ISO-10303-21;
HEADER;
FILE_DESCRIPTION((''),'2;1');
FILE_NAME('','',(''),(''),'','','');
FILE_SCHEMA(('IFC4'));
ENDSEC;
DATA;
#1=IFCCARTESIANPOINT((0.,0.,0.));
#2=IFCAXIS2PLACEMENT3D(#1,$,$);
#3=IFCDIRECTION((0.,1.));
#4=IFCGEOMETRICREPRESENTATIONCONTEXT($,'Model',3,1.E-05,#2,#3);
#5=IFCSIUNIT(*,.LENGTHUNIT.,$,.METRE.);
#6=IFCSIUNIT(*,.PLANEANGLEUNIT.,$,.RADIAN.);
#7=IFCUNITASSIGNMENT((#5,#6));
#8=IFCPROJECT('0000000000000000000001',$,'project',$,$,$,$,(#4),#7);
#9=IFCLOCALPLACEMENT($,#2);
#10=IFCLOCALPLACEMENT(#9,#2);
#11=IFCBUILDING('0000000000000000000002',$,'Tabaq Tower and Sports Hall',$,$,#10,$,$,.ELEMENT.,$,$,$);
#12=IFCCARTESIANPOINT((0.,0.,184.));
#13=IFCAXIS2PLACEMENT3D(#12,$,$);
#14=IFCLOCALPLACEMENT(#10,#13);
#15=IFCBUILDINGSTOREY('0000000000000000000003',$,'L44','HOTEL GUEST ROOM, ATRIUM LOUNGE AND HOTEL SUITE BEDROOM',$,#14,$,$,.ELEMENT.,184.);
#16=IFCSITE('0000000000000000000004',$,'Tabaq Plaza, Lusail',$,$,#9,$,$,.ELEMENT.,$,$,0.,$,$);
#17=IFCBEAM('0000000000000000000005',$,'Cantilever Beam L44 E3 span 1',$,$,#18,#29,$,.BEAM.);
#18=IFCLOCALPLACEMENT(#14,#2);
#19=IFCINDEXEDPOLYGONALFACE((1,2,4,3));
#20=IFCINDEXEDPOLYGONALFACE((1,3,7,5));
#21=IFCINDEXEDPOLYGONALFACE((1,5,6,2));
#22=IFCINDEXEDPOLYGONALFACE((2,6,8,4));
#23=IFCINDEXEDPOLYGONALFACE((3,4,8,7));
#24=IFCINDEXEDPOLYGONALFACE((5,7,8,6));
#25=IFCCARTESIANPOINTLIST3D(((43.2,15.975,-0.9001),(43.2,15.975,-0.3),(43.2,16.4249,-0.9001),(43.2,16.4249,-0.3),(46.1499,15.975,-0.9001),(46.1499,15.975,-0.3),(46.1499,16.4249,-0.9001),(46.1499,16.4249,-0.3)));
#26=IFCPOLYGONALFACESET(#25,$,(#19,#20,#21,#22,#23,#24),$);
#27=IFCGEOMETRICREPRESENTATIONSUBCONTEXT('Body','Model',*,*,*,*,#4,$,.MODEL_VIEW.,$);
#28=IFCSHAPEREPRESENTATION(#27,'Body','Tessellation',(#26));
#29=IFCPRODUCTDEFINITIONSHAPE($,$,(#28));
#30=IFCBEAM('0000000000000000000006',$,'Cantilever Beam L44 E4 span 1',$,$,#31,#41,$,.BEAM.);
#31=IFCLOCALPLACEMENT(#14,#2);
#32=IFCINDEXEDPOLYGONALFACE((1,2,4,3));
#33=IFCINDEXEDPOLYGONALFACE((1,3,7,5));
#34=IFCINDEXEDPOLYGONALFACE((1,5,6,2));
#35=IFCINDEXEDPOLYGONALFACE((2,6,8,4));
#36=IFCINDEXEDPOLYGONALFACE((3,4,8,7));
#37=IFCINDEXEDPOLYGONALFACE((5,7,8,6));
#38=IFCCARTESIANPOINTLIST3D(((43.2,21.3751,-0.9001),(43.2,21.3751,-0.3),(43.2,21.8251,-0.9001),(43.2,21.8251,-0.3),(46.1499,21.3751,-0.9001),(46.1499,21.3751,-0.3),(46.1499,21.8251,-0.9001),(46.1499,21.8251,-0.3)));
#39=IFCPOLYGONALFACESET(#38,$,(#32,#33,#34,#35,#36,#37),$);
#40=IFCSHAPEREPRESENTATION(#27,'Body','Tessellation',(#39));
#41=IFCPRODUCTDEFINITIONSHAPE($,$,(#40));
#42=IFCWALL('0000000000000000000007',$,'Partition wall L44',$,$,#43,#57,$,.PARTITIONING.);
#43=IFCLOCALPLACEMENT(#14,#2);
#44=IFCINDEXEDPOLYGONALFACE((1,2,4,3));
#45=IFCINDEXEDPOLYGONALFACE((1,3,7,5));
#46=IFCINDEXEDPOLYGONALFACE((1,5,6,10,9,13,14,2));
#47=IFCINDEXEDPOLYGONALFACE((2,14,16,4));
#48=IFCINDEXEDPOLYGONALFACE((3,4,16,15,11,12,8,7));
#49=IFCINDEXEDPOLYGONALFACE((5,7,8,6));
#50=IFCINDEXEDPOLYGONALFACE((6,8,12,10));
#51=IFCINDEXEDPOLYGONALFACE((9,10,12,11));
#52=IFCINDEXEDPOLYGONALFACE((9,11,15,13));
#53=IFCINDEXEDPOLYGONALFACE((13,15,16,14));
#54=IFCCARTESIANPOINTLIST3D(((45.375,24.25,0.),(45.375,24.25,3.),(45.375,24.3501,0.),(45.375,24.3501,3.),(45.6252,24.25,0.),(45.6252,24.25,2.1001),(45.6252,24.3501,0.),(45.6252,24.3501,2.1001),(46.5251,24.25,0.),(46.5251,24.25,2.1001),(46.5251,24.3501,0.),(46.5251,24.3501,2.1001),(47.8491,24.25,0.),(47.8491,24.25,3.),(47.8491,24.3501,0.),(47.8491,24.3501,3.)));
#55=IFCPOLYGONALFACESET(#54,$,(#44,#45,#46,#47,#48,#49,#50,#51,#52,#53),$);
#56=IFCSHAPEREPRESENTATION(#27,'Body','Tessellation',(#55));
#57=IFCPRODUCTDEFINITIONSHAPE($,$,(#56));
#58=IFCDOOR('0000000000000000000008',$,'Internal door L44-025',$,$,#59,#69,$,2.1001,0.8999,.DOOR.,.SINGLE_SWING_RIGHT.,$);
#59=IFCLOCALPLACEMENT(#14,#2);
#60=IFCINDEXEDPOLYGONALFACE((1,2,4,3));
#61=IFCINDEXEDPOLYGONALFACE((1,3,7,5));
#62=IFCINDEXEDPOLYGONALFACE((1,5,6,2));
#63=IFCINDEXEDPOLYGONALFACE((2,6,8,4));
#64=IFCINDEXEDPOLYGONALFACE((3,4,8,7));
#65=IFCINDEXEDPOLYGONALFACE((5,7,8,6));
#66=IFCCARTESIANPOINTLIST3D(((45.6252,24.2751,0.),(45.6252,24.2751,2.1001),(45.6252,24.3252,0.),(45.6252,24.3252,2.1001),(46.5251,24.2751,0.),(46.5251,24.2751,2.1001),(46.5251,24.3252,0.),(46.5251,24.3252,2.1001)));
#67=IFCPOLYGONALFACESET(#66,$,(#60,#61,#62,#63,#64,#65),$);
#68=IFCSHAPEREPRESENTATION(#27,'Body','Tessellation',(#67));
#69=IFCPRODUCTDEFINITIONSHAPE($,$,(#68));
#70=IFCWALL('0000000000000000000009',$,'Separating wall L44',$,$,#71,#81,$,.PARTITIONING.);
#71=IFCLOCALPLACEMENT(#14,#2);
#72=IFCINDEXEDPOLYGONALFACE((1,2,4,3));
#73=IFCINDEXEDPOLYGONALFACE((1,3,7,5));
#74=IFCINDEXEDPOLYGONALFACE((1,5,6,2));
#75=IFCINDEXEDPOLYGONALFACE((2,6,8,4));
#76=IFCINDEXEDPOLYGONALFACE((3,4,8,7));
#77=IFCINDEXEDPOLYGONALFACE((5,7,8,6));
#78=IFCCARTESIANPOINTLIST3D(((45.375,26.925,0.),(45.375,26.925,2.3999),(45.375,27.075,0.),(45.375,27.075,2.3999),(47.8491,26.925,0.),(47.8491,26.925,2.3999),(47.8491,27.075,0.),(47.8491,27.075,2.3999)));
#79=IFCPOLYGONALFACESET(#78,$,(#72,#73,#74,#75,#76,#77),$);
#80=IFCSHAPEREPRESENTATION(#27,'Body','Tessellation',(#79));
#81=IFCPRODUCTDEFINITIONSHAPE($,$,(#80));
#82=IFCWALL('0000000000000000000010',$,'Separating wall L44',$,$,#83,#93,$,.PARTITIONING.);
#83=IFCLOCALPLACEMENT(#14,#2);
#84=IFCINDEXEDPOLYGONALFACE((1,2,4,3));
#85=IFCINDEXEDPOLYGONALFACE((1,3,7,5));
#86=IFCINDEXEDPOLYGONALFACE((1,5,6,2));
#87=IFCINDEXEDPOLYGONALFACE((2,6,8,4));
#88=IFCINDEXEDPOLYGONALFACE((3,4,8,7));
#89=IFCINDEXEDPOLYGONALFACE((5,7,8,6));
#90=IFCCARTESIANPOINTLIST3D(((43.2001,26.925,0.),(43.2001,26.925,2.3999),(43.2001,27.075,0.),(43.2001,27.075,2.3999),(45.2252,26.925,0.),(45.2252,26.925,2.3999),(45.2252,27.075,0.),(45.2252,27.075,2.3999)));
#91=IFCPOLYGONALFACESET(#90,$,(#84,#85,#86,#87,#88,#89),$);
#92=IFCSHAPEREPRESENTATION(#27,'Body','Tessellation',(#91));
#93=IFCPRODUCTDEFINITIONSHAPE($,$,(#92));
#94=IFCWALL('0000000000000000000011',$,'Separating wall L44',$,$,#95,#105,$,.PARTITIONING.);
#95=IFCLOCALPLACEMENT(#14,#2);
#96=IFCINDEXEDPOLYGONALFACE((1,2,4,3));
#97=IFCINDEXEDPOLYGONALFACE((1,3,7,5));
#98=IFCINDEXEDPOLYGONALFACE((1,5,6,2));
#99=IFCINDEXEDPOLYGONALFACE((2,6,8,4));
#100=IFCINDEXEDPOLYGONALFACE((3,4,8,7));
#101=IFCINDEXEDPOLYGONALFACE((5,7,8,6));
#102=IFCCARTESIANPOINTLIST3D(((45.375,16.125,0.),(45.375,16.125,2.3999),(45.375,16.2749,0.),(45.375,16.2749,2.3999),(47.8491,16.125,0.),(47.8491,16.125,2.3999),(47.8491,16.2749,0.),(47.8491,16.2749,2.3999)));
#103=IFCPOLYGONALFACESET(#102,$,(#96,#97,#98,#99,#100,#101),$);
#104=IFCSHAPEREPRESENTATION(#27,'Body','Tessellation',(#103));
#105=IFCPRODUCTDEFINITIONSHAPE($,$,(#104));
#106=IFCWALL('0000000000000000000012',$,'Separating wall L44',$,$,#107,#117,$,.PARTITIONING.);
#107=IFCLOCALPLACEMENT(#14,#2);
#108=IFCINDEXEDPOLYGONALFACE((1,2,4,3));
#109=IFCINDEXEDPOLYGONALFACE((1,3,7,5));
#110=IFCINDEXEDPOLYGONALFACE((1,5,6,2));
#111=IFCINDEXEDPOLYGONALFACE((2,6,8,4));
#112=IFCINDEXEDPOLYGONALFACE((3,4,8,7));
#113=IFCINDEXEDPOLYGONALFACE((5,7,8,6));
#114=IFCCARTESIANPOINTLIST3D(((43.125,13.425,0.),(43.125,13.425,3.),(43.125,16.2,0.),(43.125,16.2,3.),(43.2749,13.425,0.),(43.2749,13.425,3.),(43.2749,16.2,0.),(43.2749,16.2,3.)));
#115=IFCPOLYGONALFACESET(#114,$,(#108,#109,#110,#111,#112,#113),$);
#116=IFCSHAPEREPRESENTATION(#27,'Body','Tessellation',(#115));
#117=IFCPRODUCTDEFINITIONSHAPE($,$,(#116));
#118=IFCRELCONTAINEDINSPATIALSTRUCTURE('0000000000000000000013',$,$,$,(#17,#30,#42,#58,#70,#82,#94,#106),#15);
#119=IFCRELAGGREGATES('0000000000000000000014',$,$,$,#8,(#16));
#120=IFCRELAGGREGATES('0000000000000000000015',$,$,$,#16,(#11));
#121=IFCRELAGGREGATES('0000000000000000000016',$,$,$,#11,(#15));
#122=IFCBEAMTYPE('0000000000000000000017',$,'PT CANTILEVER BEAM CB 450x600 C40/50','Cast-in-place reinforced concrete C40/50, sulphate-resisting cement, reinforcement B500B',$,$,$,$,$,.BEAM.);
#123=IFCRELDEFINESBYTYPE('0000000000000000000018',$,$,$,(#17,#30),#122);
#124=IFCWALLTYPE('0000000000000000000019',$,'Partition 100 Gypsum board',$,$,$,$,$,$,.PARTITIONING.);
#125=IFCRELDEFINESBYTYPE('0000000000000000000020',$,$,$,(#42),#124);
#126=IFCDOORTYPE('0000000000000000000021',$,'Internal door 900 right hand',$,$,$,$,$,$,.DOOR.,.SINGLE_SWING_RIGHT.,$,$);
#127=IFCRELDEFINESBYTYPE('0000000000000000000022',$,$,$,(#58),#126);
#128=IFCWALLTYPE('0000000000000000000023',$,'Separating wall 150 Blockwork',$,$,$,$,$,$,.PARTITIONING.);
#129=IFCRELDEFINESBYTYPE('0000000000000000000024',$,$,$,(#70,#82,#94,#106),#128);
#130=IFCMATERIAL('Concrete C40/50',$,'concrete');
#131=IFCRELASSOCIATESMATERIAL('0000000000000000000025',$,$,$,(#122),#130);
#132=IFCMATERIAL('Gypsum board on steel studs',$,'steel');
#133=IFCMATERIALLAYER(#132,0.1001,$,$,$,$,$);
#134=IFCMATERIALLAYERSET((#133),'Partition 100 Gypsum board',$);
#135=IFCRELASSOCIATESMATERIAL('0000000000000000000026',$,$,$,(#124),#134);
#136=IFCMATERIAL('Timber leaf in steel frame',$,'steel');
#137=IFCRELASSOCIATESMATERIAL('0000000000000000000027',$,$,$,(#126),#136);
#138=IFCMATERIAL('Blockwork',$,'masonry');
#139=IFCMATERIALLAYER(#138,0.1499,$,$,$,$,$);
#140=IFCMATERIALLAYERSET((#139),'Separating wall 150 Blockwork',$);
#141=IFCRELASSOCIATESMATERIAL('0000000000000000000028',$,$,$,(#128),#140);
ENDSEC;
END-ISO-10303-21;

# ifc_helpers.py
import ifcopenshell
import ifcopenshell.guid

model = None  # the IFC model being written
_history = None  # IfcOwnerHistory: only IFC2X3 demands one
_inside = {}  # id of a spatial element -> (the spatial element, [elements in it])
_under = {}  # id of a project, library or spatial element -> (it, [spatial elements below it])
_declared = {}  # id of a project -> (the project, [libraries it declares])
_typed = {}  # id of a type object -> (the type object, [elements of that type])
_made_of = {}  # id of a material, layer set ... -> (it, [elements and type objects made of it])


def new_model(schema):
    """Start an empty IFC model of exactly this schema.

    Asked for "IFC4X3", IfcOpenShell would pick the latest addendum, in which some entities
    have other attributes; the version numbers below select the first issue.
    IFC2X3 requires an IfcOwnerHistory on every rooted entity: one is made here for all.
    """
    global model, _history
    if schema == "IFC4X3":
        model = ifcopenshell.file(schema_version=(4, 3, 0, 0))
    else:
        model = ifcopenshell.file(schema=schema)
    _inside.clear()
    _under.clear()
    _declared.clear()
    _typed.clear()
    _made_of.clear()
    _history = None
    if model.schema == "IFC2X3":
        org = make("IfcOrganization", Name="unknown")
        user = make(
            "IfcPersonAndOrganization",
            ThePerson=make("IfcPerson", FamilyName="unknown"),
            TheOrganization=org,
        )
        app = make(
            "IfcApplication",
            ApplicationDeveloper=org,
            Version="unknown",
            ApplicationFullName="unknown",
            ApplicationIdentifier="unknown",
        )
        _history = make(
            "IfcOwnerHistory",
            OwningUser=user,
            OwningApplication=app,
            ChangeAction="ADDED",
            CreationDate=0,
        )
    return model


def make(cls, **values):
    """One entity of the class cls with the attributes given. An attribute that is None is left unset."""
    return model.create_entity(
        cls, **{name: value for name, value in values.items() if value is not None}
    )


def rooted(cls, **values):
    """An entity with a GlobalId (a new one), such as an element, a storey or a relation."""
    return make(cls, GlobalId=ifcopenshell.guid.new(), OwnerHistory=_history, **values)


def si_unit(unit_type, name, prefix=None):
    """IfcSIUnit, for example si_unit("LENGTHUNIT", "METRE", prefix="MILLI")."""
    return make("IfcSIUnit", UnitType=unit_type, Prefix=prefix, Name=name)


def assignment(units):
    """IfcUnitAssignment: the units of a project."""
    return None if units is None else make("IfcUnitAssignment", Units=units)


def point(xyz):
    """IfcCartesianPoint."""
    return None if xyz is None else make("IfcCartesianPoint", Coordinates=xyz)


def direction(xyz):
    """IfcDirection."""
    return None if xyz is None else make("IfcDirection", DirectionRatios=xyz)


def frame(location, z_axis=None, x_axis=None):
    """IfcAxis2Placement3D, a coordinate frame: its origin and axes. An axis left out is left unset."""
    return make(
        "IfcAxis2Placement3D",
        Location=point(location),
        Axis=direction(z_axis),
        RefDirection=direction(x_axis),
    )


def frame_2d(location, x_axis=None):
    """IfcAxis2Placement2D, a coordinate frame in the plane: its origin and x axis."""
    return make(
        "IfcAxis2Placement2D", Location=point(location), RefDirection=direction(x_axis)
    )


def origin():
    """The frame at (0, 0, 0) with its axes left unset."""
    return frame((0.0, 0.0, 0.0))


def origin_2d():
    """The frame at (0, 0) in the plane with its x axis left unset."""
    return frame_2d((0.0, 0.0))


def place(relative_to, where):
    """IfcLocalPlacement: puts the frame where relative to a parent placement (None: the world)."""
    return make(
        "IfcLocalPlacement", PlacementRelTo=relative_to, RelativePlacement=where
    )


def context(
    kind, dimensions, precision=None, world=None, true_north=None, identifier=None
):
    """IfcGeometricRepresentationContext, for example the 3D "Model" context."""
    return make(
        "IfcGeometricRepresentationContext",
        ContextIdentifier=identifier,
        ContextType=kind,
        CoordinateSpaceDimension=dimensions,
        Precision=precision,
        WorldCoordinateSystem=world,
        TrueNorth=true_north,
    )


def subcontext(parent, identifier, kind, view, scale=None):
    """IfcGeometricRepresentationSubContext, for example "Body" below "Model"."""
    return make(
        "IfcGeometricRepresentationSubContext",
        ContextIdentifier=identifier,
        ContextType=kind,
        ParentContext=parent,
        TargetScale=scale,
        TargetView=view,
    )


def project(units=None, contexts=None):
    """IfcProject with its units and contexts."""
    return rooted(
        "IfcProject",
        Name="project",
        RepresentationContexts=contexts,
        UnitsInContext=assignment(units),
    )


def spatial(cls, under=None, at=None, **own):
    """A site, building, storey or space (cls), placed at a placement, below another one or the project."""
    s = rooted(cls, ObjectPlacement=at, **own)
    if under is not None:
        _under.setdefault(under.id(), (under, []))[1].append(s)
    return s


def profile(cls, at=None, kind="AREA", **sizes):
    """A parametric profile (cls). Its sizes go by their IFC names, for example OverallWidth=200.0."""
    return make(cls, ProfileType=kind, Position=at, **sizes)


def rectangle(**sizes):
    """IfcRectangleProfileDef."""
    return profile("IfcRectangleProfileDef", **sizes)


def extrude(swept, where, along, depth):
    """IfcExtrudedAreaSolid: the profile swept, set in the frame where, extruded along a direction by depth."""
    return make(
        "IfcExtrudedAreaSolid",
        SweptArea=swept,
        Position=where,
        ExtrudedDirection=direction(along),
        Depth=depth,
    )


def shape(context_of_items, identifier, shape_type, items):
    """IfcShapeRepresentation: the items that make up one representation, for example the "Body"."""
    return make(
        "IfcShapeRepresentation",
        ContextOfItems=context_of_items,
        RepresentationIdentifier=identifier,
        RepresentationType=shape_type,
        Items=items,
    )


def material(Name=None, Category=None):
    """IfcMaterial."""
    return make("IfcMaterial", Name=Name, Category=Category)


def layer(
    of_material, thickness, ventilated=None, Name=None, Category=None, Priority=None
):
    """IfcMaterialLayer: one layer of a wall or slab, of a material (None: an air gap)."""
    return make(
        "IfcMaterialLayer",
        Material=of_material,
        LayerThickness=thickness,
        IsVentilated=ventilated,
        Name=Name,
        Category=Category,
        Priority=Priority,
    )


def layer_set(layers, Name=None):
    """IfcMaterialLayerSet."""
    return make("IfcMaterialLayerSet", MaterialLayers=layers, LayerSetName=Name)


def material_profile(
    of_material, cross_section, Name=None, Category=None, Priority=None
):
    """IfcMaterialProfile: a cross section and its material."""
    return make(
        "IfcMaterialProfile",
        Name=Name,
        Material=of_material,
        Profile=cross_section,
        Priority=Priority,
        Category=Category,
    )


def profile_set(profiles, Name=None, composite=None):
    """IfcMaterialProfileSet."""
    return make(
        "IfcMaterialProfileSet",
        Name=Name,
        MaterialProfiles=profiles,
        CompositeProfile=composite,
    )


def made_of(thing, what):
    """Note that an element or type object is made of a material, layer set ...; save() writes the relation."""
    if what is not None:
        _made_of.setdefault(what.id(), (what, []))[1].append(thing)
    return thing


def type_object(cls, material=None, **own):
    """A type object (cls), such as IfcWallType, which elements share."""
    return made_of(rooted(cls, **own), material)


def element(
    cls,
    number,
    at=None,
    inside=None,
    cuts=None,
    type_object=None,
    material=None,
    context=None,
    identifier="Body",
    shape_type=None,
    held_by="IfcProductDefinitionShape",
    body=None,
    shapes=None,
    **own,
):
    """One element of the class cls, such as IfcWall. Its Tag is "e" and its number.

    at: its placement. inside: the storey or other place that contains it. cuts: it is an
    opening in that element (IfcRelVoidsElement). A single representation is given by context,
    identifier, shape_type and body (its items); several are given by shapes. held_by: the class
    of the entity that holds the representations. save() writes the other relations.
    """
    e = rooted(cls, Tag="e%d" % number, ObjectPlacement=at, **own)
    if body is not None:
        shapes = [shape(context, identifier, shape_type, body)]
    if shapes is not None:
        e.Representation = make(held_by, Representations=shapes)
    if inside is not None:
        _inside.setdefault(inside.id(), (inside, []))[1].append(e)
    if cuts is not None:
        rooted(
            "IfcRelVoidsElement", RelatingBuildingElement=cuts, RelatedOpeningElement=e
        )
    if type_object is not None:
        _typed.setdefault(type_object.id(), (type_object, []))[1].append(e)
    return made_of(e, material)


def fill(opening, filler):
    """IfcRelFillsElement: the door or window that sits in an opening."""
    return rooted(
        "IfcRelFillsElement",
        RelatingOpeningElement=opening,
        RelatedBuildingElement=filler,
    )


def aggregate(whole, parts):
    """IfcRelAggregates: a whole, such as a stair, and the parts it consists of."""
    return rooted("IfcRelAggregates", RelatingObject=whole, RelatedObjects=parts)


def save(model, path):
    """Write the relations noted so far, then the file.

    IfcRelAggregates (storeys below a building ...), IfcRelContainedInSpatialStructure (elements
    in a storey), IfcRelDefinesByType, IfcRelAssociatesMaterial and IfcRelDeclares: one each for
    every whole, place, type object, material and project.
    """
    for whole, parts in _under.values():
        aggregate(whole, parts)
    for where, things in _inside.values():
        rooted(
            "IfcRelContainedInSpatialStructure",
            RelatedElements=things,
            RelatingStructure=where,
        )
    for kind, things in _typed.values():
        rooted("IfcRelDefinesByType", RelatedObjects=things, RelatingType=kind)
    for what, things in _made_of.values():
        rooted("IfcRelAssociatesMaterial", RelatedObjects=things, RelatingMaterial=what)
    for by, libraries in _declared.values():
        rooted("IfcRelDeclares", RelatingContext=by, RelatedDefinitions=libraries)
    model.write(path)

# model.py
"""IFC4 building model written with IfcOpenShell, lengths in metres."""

from ifc_helpers import new_model, si_unit, direction, frame, frame_2d, origin, origin_2d, place, context, subcontext, project, spatial, rectangle, extrude, material, layer, layer_set, material_profile, profile_set, type_object, element, fill, save


model = new_model("IFC4")

# Units and contexts
model_context = context("Model", 3, precision=1e-05, world=origin(), true_north=direction((0.0, 1.0)))
body_context = subcontext(model_context, "Body", "Model", "MODEL_VIEW")
ifc_project = project(units=[si_unit("LENGTHUNIT", "METRE"), si_unit("PLANEANGLEUNIT", "RADIAN")], contexts=[model_context])

# Site, building, storey
site_placement = place(None, origin())
site = spatial("IfcSite", under=ifc_project, at=site_placement, Name="Tabaq Plaza, Lusail", CompositionType="ELEMENT", RefElevation=0.0)
building_placement = place(site_placement, origin())
building = spatial("IfcBuilding", under=site, at=building_placement, Name="Tabaq Tower and Sports Hall", CompositionType="ELEMENT")
storey_placement = place(building_placement, frame((0.0, 0.0, 184.0)))
storey = spatial("IfcBuildingStorey", under=building, at=storey_placement, Name="L44", Description="HOTEL GUEST ROOM, ATRIUM LOUNGE AND HOTEL SUITE BEDROOM", CompositionType="ELEMENT", Elevation=184.0)

# Beams
ifc_material_1 = material(Name="Concrete C40/50", Category="concrete")
ifc_material_profile = material_profile(ifc_material_1, rectangle(XDim=0.45, YDim=0.6001, at=origin_2d()), Name="CB 450x600")
ifc_profile_set = profile_set([ifc_material_profile], Name="Concrete C40/50")
beam_type = type_object("IfcBeamType", Name="PT CANTILEVER BEAM CB 450x600 C40/50", Description="Cast-in-place reinforced concrete C40/50, sulphate-resisting cement, reinforcement B500B", PredefinedType="BEAM", material=ifc_profile_set)
for number, where, z_axis, x_axis, name in (
    (1, (46.1499, 16.2, -0.6001), (-1.0, 0.0, 0.0), (0.0, -1.0, 0.0), "Cantilever Beam L44 E3 span 1"),
    (2, (46.1499, 21.6001, -0.6001), (-1.0, 0.0, 0.0), (0.0, -1.0, 0.0), "Cantilever Beam L44 E4 span 1"),
):
    element("IfcBeam", number, at=place(storey_placement, frame(where, z_axis=z_axis, x_axis=x_axis)), inside=storey, type_object=beam_type, Name=name, PredefinedType="BEAM", context=body_context, shape_type="SweptSolid", body=[
        extrude(rectangle(XDim=0.45, YDim=0.6001, at=origin_2d()), origin(), (0.0, 0.0, 1.0), 2.95),
    ])

# Wall, opening, door
ifc_material_2 = material(Name="Gypsum board on steel studs", Category="steel")
ifc_layer_1 = layer(ifc_material_2, 0.1001)
ifc_layer_set_1 = layer_set([ifc_layer_1], Name="Partition 100 Gypsum board")
wall_type_1 = type_object("IfcWallType", Name="Partition 100 Gypsum board", PredefinedType="PARTITIONING", material=ifc_layer_set_1)
wall_1_placement = place(storey_placement, frame((47.8491, 24.3, 0.0), z_axis=(0.0, 0.0, 1.0), x_axis=(-1.0, 0.0, 0.0)))
wall_1 = element("IfcWall", 3, at=wall_1_placement, inside=storey, type_object=wall_type_1, Name="Partition wall L44", PredefinedType="PARTITIONING", context=body_context, shape_type="SweptSolid", body=[
    extrude(rectangle(XDim=2.4741, YDim=0.1001, at=frame_2d((1.2371, 0.0))), origin(), (0.0, 0.0, 1.0), 3.0),
])
opening_1_placement = place(wall_1_placement, frame((1.324, 0.0, 0.0)))
opening_1 = element("IfcOpeningElement", 4, at=opening_1_placement, cuts=wall_1, PredefinedType="OPENING", context=body_context, shape_type="SweptSolid", body=[
    extrude(rectangle(XDim=0.8999, YDim=2.1001, at=frame_2d((0.45, 1.05))), frame((0.0, 0.05, 0.0), z_axis=(0.0, -1.0, 0.0), x_axis=(1.0, 0.0, 0.0)), (0.0, 0.0, 1.0), 0.1001),
])
ifc_material_3 = material(Name="Timber leaf in steel frame", Category="steel")
door_type_1 = type_object("IfcDoorType", Name="Internal door 900 right hand", OperationType="SINGLE_SWING_RIGHT", PredefinedType="DOOR", material=ifc_material_3)
door_1_placement = place(opening_1_placement, origin())
door_1 = element("IfcDoor", 5, at=door_1_placement, inside=storey, type_object=door_type_1, Name="Internal door L44-025", OperationType="SINGLE_SWING_RIGHT", OverallHeight=2.1001, OverallWidth=0.8999, PredefinedType="DOOR", context=body_context, shape_type="SweptSolid", body=[
    extrude(rectangle(XDim=0.8999, YDim=2.1001, at=frame_2d((0.45, 1.05))), frame((0.0, 0.0249, 0.0), z_axis=(0.0, -1.0, 0.0), x_axis=(1.0, 0.0, 0.0)), (0.0, 0.0, 1.0), 0.05),
])
fill(opening_1, door_1)

# Walls
ifc_material_4 = material(Name="Blockwork", Category="masonry")
ifc_layer_2 = layer(ifc_material_4, 0.1499)
ifc_layer_set_2 = layer_set([ifc_layer_2], Name="Separating wall 150 Blockwork")
wall_type_2 = type_object("IfcWallType", Name="Separating wall 150 Blockwork", PredefinedType="PARTITIONING", material=ifc_layer_set_2)
wall_2_placement = place(storey_placement, frame((45.375, 27.0, 0.0), z_axis=(0.0, 0.0, 1.0), x_axis=(1.0, 0.0, 0.0)))
element("IfcWall", 6, at=wall_2_placement, inside=storey, type_object=wall_type_2, Name="Separating wall L44", PredefinedType="PARTITIONING", context=body_context, shape_type="SweptSolid", body=[
    extrude(rectangle(XDim=2.4741, YDim=0.1499, at=frame_2d((1.2371, 0.0))), origin(), (0.0, 0.0, 1.0), 2.3999),
])
wall_3_placement = place(storey_placement, frame((43.2, 27.0, 0.0), z_axis=(0.0, 0.0, 1.0), x_axis=(1.0, 0.0, 0.0)))
element("IfcWall", 7, at=wall_3_placement, inside=storey, type_object=wall_type_2, Name="Separating wall L44", PredefinedType="PARTITIONING", context=body_context, shape_type="SweptSolid", body=[
    extrude(rectangle(XDim=2.0251, YDim=0.1499, at=frame_2d((1.0127, 0.0))), origin(), (0.0, 0.0, 1.0), 2.3999),
])
wall_4_placement = place(storey_placement, frame((47.8491, 16.2, 0.0), z_axis=(0.0, 0.0, 1.0), x_axis=(-1.0, 0.0, 0.0)))
element("IfcWall", 8, at=wall_4_placement, inside=storey, type_object=wall_type_2, Name="Separating wall L44", PredefinedType="PARTITIONING", context=body_context, shape_type="SweptSolid", body=[
    extrude(rectangle(XDim=2.4741, YDim=0.1499, at=frame_2d((1.2371, 0.0))), origin(), (0.0, 0.0, 1.0), 2.3999),
])
wall_5_placement = place(storey_placement, frame((43.2, 16.2, 0.0), z_axis=(0.0, 0.0, 1.0), x_axis=(0.0, -1.0, 0.0)))
element("IfcWall", 9, at=wall_5_placement, inside=storey, type_object=wall_type_2, Name="Separating wall L44", PredefinedType="PARTITIONING", context=body_context, shape_type="SweptSolid", body=[
    extrude(rectangle(XDim=2.7749, YDim=0.1499, at=frame_2d((1.3875, 0.0))), origin(), (0.0, 0.0, 1.0), 3.0),
])

save(model, "model.ifc")
